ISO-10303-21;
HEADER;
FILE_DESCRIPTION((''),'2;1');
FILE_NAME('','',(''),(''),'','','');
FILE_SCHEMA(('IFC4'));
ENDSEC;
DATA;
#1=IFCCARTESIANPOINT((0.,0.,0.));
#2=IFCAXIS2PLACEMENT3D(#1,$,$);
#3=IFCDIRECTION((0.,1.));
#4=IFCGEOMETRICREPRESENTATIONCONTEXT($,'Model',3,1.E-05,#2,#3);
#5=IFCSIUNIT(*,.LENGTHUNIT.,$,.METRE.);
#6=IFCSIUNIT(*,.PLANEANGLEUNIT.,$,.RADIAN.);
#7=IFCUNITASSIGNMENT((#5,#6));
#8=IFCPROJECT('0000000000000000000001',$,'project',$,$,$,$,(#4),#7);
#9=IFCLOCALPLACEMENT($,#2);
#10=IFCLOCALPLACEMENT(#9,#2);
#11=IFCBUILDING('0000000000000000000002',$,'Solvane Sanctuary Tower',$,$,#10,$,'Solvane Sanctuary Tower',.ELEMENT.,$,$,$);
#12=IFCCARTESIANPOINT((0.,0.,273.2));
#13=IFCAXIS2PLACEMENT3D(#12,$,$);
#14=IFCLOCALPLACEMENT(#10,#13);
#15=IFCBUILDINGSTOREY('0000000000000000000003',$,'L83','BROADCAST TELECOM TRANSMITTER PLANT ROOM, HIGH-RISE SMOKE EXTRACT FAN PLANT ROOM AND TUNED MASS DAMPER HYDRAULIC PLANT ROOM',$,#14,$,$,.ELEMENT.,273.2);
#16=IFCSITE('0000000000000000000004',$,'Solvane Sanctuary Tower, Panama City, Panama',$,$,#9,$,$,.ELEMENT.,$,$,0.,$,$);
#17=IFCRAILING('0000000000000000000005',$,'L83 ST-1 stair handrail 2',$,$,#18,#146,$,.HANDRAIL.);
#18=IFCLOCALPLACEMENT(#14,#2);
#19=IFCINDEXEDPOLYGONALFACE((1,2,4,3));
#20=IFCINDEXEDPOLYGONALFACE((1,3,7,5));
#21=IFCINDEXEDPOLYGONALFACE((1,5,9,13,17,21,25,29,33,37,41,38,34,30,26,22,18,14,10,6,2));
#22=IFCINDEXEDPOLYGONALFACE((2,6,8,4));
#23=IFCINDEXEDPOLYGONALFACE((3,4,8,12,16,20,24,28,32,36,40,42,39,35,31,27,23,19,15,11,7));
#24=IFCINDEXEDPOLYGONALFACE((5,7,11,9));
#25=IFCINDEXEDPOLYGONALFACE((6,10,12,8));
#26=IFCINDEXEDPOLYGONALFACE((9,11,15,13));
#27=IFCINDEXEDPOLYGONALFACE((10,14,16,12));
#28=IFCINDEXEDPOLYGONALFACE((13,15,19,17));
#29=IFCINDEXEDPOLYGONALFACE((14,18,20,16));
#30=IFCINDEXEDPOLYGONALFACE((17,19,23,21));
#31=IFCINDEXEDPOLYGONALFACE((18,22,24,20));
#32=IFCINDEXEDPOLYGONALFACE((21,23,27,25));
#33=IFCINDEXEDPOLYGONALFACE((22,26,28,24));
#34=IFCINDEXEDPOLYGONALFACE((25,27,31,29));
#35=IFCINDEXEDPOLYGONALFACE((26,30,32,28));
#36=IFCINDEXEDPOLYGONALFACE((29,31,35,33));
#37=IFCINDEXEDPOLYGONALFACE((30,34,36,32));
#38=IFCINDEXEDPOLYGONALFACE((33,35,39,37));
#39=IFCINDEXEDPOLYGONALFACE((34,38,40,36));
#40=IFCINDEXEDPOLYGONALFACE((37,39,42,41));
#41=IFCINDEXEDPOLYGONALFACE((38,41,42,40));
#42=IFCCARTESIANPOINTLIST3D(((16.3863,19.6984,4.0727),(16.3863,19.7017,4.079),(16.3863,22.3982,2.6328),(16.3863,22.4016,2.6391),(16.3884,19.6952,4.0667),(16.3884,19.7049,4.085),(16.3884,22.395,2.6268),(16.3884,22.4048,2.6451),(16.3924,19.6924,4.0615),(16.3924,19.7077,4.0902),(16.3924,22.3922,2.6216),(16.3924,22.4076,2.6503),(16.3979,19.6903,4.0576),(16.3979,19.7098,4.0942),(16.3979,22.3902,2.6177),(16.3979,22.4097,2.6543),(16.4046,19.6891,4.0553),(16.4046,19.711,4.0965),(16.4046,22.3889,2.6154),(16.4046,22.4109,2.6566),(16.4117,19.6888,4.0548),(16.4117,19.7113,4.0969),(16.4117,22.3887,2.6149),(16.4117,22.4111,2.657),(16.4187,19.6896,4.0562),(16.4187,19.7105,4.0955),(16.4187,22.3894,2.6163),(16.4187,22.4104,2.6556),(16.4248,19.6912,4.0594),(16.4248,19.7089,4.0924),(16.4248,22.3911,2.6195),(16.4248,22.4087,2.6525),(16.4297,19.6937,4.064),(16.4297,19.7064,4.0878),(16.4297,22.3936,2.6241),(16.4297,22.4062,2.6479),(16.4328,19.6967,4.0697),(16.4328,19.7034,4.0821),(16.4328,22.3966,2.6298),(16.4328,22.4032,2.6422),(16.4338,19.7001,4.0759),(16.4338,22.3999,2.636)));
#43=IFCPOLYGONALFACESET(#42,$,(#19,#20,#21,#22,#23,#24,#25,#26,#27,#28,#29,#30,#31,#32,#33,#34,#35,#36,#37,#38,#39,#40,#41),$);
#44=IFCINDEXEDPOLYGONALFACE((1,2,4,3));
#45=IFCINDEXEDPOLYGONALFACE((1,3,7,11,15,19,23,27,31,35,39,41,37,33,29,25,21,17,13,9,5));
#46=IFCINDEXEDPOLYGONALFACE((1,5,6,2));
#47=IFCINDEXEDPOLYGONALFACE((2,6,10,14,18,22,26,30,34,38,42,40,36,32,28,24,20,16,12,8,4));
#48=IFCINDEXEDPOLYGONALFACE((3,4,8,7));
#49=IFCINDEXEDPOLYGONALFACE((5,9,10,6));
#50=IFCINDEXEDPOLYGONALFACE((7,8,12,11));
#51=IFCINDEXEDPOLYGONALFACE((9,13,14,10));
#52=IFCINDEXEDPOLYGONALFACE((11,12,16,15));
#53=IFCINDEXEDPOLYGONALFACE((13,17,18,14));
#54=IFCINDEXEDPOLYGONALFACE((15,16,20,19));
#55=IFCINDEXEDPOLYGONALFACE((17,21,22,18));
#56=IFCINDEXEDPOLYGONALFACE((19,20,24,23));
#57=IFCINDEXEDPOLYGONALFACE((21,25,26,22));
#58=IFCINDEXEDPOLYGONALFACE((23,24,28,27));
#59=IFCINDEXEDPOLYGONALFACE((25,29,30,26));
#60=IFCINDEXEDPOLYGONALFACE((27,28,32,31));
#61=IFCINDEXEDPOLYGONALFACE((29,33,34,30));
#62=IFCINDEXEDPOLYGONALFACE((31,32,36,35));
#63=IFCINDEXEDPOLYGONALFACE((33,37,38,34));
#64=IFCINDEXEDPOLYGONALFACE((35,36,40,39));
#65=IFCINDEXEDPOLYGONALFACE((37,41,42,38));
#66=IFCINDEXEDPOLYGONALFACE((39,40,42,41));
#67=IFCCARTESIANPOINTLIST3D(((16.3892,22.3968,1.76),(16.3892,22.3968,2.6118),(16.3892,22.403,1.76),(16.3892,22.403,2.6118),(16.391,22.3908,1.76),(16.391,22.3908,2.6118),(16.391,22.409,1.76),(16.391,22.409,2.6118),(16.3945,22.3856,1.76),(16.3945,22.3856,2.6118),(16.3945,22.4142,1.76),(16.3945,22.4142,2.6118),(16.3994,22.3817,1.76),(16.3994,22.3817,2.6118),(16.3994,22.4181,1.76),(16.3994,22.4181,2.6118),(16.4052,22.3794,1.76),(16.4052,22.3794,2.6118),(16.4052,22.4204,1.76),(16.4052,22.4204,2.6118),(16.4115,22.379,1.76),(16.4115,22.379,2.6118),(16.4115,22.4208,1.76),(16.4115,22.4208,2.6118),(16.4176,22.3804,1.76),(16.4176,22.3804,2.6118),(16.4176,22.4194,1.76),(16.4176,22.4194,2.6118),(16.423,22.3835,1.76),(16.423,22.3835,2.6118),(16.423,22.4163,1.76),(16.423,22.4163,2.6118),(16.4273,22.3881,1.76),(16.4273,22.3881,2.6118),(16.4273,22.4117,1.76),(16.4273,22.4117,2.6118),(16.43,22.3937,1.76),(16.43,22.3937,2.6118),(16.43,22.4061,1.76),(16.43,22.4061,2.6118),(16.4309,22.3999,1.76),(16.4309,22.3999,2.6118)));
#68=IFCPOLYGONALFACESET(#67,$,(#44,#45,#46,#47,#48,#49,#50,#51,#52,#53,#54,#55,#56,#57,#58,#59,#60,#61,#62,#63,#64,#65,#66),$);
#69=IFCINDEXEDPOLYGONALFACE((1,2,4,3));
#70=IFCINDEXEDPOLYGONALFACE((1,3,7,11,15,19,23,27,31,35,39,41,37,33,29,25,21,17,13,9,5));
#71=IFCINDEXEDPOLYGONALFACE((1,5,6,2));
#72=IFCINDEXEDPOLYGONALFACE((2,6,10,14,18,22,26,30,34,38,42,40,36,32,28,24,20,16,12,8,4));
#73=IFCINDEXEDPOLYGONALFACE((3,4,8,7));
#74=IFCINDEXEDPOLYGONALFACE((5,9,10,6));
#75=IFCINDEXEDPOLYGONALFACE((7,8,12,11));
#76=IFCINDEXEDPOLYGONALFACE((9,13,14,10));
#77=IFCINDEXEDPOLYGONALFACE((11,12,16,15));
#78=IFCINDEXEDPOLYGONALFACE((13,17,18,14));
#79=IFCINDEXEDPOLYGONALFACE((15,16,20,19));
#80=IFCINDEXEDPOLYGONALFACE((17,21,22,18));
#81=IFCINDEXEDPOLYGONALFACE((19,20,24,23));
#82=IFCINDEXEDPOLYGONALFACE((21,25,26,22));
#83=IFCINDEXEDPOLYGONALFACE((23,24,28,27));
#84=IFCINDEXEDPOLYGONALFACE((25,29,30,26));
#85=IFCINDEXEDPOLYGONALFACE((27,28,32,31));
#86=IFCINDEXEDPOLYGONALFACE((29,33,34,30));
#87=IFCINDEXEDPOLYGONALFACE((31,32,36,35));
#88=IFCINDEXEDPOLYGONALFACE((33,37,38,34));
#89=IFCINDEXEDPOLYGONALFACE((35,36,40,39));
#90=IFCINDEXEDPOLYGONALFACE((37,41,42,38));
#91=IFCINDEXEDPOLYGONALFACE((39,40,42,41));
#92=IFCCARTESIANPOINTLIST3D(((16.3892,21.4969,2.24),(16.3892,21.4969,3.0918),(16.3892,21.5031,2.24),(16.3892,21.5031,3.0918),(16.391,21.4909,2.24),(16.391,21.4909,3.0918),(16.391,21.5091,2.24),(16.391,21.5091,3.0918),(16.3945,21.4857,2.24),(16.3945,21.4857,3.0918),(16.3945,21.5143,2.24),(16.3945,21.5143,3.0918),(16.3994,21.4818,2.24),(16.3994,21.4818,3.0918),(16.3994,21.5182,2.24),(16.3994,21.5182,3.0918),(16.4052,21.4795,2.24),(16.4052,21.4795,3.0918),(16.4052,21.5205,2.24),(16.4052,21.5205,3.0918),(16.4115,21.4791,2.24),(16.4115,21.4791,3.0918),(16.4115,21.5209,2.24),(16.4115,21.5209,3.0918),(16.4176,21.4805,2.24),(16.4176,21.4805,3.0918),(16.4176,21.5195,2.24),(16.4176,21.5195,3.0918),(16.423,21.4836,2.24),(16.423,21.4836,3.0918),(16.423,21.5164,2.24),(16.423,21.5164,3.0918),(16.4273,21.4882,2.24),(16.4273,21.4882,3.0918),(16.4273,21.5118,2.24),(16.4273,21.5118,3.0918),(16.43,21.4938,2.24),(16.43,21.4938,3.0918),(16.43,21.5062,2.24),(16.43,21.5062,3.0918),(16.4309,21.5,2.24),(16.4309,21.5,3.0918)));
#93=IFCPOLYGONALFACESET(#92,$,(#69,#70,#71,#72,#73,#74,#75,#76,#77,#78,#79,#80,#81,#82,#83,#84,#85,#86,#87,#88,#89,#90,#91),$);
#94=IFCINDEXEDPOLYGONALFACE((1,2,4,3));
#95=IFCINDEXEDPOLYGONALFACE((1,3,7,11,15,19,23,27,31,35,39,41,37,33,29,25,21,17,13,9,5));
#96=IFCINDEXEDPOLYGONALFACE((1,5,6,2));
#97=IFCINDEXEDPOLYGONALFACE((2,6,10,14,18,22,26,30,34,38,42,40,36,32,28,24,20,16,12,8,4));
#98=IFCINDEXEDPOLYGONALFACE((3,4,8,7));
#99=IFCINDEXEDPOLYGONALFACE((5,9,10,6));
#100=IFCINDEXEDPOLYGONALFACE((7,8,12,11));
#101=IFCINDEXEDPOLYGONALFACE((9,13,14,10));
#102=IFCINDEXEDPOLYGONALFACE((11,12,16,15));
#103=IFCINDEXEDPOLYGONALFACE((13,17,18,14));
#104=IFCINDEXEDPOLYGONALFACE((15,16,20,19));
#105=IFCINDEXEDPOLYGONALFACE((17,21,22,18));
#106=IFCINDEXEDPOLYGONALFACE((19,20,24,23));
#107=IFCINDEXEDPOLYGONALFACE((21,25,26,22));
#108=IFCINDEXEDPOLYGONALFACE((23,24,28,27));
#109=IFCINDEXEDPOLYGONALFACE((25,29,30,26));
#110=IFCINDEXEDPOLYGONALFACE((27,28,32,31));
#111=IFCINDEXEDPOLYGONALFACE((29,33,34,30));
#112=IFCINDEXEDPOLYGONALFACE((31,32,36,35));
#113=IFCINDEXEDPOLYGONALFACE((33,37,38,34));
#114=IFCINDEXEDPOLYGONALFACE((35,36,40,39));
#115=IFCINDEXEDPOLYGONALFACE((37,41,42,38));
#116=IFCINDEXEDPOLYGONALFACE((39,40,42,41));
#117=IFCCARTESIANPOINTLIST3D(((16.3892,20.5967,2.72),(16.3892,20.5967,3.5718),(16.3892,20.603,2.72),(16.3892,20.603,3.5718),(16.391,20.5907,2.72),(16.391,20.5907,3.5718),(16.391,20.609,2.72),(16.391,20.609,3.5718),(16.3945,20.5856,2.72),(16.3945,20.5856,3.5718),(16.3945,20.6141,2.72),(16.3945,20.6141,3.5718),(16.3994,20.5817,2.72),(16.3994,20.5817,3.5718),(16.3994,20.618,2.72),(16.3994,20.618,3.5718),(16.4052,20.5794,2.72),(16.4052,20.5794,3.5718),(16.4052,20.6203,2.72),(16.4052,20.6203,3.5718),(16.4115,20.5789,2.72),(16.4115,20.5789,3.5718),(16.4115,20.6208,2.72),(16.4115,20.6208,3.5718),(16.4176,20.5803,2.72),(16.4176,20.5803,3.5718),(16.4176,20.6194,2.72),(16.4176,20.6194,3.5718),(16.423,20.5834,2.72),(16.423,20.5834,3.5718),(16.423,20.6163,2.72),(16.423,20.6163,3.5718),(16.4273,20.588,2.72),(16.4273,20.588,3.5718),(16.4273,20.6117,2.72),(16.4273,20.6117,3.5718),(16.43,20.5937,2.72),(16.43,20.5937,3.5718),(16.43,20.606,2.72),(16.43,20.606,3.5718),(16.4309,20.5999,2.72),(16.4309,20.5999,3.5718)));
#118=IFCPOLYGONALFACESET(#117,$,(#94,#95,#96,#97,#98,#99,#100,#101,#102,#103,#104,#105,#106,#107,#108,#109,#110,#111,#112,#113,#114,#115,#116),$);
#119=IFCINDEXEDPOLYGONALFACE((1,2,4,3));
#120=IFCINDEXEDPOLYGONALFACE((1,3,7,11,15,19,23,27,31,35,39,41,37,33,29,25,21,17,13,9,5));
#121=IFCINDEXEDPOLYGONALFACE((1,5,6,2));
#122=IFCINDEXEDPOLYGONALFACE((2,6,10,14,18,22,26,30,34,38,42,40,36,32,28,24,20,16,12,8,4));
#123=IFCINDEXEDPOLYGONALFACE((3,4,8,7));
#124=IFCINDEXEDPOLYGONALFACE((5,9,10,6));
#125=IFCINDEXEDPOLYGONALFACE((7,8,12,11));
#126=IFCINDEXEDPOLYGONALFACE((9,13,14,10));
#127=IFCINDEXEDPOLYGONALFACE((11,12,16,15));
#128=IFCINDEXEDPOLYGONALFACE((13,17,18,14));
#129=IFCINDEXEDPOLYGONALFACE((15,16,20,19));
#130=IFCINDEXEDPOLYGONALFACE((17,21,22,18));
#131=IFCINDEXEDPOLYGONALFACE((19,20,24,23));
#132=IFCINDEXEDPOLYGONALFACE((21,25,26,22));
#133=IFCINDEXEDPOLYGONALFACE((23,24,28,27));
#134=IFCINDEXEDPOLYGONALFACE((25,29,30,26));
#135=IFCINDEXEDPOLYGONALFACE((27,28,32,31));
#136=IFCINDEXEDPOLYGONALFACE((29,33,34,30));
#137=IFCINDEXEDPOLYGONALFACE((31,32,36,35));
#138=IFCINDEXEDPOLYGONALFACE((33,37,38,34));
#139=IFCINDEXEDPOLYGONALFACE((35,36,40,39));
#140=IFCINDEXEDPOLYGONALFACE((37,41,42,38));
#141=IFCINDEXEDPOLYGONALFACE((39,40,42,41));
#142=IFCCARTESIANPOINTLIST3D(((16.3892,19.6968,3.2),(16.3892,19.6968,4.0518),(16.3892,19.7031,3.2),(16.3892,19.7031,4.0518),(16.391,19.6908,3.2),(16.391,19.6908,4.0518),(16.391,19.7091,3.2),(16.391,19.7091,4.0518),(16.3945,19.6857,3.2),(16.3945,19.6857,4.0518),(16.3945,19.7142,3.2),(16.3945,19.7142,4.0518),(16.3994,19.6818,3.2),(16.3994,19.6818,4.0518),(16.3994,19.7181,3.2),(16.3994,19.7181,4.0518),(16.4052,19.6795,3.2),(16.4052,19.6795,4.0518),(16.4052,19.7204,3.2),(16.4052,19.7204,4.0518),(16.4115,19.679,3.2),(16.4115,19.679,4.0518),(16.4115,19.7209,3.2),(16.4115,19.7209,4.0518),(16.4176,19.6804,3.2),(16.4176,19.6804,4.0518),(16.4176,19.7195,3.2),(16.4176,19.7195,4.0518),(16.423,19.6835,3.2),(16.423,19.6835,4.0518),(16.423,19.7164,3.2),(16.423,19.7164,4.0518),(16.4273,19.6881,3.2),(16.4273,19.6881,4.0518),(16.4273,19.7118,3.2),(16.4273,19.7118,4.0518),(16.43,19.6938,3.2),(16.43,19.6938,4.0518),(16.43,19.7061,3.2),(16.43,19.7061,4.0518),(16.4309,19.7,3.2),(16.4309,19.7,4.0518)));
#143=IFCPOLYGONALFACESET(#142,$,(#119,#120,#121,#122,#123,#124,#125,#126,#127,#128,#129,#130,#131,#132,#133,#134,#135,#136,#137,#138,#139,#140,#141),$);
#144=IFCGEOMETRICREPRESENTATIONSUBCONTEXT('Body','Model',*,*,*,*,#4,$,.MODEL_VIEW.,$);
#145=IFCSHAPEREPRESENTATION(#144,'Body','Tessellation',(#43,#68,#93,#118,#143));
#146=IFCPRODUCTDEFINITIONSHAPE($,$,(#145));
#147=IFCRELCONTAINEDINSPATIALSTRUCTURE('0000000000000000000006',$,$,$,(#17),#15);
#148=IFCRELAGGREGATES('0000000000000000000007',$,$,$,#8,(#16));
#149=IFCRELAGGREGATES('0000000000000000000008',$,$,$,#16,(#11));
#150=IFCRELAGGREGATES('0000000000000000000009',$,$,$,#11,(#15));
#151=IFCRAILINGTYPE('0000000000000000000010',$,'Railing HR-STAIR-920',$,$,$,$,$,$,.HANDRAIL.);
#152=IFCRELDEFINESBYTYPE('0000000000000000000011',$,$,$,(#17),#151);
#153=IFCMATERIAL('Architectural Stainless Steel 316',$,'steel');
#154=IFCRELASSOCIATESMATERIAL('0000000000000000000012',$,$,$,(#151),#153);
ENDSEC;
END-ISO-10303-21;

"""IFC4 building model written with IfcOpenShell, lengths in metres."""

from ifc_helpers import new_model, si_unit, direction, frame, origin, origin_2d, place, context, subcontext, project, spatial, circle, extrude, material, type_object, element, save


model = new_model("IFC4")

# Units and contexts
model_context = context("Model", 3, precision=1e-05, world=origin(), true_north=direction((0.0, 1.0)))
body_context = subcontext(model_context, "Body", "Model", "MODEL_VIEW")
ifc_project = project(units=[si_unit("LENGTHUNIT", "METRE"), si_unit("PLANEANGLEUNIT", "RADIAN")], contexts=[model_context])

# Site, building, storey
site_placement = place(None, origin())
site = spatial("IfcSite", under=ifc_project, at=site_placement, Name="Solvane Sanctuary Tower, Panama City, Panama", CompositionType="ELEMENT", RefElevation=0.0)
building_placement = place(site_placement, origin())
building = spatial("IfcBuilding", under=site, at=building_placement, Name="Solvane Sanctuary Tower", LongName="Solvane Sanctuary Tower", CompositionType="ELEMENT")
storey_placement = place(building_placement, frame((0.0, 0.0, 273.2)))
storey = spatial("IfcBuildingStorey", under=building, at=storey_placement, Name="L83", Description="BROADCAST TELECOM TRANSMITTER PLANT ROOM, HIGH-RISE SMOKE EXTRACT FAN PLANT ROOM AND TUNED MASS DAMPER HYDRAULIC PLANT ROOM", CompositionType="ELEMENT", Elevation=273.2)

# Shared definitions
ifc_material_1 = material(Name="Architectural Stainless Steel 316", Category="steel")

# Railing
railing_type_1 = type_object("IfcRailingType", Name="Railing HR-STAIR-920", PredefinedType="HANDRAIL", material=ifc_material_1)
railing_1_placement = place(storey_placement, frame((16.4099, 22.3999, 1.76)))
element("IfcRailing", 1, at=railing_1_placement, inside=storey, type_object=railing_type_1, Name="L83 ST-1 stair handrail 2", PredefinedType="HANDRAIL", context=body_context, shape_type="SweptSolid", body=[
    extrude(circle(Radius=0.0239, at=origin_2d()), frame((0.0, 0.0, 0.876), z_axis=(0.0, -0.882357, 0.47058), x_axis=(1.0, 0.0, 0.0)), (0.0, 0.0, 1.0), 3.0598),
    extrude(circle(Radius=0.021, at=origin_2d()), origin(), (0.0, 0.0, 1.0), 0.8518),
    extrude(circle(Radius=0.021, at=origin_2d()), frame((0.0, -0.8999, 0.48)), (0.0, 0.0, 1.0), 0.8518),
    extrude(circle(Radius=0.021, at=origin_2d()), frame((0.0, -1.8, 0.96)), (0.0, 0.0, 1.0), 0.8518),
    extrude(circle(Radius=0.021, at=origin_2d()), frame((0.0, -2.7, 1.4399)), (0.0, 0.0, 1.0), 0.8518),
])

save(model, "model.ifc")
